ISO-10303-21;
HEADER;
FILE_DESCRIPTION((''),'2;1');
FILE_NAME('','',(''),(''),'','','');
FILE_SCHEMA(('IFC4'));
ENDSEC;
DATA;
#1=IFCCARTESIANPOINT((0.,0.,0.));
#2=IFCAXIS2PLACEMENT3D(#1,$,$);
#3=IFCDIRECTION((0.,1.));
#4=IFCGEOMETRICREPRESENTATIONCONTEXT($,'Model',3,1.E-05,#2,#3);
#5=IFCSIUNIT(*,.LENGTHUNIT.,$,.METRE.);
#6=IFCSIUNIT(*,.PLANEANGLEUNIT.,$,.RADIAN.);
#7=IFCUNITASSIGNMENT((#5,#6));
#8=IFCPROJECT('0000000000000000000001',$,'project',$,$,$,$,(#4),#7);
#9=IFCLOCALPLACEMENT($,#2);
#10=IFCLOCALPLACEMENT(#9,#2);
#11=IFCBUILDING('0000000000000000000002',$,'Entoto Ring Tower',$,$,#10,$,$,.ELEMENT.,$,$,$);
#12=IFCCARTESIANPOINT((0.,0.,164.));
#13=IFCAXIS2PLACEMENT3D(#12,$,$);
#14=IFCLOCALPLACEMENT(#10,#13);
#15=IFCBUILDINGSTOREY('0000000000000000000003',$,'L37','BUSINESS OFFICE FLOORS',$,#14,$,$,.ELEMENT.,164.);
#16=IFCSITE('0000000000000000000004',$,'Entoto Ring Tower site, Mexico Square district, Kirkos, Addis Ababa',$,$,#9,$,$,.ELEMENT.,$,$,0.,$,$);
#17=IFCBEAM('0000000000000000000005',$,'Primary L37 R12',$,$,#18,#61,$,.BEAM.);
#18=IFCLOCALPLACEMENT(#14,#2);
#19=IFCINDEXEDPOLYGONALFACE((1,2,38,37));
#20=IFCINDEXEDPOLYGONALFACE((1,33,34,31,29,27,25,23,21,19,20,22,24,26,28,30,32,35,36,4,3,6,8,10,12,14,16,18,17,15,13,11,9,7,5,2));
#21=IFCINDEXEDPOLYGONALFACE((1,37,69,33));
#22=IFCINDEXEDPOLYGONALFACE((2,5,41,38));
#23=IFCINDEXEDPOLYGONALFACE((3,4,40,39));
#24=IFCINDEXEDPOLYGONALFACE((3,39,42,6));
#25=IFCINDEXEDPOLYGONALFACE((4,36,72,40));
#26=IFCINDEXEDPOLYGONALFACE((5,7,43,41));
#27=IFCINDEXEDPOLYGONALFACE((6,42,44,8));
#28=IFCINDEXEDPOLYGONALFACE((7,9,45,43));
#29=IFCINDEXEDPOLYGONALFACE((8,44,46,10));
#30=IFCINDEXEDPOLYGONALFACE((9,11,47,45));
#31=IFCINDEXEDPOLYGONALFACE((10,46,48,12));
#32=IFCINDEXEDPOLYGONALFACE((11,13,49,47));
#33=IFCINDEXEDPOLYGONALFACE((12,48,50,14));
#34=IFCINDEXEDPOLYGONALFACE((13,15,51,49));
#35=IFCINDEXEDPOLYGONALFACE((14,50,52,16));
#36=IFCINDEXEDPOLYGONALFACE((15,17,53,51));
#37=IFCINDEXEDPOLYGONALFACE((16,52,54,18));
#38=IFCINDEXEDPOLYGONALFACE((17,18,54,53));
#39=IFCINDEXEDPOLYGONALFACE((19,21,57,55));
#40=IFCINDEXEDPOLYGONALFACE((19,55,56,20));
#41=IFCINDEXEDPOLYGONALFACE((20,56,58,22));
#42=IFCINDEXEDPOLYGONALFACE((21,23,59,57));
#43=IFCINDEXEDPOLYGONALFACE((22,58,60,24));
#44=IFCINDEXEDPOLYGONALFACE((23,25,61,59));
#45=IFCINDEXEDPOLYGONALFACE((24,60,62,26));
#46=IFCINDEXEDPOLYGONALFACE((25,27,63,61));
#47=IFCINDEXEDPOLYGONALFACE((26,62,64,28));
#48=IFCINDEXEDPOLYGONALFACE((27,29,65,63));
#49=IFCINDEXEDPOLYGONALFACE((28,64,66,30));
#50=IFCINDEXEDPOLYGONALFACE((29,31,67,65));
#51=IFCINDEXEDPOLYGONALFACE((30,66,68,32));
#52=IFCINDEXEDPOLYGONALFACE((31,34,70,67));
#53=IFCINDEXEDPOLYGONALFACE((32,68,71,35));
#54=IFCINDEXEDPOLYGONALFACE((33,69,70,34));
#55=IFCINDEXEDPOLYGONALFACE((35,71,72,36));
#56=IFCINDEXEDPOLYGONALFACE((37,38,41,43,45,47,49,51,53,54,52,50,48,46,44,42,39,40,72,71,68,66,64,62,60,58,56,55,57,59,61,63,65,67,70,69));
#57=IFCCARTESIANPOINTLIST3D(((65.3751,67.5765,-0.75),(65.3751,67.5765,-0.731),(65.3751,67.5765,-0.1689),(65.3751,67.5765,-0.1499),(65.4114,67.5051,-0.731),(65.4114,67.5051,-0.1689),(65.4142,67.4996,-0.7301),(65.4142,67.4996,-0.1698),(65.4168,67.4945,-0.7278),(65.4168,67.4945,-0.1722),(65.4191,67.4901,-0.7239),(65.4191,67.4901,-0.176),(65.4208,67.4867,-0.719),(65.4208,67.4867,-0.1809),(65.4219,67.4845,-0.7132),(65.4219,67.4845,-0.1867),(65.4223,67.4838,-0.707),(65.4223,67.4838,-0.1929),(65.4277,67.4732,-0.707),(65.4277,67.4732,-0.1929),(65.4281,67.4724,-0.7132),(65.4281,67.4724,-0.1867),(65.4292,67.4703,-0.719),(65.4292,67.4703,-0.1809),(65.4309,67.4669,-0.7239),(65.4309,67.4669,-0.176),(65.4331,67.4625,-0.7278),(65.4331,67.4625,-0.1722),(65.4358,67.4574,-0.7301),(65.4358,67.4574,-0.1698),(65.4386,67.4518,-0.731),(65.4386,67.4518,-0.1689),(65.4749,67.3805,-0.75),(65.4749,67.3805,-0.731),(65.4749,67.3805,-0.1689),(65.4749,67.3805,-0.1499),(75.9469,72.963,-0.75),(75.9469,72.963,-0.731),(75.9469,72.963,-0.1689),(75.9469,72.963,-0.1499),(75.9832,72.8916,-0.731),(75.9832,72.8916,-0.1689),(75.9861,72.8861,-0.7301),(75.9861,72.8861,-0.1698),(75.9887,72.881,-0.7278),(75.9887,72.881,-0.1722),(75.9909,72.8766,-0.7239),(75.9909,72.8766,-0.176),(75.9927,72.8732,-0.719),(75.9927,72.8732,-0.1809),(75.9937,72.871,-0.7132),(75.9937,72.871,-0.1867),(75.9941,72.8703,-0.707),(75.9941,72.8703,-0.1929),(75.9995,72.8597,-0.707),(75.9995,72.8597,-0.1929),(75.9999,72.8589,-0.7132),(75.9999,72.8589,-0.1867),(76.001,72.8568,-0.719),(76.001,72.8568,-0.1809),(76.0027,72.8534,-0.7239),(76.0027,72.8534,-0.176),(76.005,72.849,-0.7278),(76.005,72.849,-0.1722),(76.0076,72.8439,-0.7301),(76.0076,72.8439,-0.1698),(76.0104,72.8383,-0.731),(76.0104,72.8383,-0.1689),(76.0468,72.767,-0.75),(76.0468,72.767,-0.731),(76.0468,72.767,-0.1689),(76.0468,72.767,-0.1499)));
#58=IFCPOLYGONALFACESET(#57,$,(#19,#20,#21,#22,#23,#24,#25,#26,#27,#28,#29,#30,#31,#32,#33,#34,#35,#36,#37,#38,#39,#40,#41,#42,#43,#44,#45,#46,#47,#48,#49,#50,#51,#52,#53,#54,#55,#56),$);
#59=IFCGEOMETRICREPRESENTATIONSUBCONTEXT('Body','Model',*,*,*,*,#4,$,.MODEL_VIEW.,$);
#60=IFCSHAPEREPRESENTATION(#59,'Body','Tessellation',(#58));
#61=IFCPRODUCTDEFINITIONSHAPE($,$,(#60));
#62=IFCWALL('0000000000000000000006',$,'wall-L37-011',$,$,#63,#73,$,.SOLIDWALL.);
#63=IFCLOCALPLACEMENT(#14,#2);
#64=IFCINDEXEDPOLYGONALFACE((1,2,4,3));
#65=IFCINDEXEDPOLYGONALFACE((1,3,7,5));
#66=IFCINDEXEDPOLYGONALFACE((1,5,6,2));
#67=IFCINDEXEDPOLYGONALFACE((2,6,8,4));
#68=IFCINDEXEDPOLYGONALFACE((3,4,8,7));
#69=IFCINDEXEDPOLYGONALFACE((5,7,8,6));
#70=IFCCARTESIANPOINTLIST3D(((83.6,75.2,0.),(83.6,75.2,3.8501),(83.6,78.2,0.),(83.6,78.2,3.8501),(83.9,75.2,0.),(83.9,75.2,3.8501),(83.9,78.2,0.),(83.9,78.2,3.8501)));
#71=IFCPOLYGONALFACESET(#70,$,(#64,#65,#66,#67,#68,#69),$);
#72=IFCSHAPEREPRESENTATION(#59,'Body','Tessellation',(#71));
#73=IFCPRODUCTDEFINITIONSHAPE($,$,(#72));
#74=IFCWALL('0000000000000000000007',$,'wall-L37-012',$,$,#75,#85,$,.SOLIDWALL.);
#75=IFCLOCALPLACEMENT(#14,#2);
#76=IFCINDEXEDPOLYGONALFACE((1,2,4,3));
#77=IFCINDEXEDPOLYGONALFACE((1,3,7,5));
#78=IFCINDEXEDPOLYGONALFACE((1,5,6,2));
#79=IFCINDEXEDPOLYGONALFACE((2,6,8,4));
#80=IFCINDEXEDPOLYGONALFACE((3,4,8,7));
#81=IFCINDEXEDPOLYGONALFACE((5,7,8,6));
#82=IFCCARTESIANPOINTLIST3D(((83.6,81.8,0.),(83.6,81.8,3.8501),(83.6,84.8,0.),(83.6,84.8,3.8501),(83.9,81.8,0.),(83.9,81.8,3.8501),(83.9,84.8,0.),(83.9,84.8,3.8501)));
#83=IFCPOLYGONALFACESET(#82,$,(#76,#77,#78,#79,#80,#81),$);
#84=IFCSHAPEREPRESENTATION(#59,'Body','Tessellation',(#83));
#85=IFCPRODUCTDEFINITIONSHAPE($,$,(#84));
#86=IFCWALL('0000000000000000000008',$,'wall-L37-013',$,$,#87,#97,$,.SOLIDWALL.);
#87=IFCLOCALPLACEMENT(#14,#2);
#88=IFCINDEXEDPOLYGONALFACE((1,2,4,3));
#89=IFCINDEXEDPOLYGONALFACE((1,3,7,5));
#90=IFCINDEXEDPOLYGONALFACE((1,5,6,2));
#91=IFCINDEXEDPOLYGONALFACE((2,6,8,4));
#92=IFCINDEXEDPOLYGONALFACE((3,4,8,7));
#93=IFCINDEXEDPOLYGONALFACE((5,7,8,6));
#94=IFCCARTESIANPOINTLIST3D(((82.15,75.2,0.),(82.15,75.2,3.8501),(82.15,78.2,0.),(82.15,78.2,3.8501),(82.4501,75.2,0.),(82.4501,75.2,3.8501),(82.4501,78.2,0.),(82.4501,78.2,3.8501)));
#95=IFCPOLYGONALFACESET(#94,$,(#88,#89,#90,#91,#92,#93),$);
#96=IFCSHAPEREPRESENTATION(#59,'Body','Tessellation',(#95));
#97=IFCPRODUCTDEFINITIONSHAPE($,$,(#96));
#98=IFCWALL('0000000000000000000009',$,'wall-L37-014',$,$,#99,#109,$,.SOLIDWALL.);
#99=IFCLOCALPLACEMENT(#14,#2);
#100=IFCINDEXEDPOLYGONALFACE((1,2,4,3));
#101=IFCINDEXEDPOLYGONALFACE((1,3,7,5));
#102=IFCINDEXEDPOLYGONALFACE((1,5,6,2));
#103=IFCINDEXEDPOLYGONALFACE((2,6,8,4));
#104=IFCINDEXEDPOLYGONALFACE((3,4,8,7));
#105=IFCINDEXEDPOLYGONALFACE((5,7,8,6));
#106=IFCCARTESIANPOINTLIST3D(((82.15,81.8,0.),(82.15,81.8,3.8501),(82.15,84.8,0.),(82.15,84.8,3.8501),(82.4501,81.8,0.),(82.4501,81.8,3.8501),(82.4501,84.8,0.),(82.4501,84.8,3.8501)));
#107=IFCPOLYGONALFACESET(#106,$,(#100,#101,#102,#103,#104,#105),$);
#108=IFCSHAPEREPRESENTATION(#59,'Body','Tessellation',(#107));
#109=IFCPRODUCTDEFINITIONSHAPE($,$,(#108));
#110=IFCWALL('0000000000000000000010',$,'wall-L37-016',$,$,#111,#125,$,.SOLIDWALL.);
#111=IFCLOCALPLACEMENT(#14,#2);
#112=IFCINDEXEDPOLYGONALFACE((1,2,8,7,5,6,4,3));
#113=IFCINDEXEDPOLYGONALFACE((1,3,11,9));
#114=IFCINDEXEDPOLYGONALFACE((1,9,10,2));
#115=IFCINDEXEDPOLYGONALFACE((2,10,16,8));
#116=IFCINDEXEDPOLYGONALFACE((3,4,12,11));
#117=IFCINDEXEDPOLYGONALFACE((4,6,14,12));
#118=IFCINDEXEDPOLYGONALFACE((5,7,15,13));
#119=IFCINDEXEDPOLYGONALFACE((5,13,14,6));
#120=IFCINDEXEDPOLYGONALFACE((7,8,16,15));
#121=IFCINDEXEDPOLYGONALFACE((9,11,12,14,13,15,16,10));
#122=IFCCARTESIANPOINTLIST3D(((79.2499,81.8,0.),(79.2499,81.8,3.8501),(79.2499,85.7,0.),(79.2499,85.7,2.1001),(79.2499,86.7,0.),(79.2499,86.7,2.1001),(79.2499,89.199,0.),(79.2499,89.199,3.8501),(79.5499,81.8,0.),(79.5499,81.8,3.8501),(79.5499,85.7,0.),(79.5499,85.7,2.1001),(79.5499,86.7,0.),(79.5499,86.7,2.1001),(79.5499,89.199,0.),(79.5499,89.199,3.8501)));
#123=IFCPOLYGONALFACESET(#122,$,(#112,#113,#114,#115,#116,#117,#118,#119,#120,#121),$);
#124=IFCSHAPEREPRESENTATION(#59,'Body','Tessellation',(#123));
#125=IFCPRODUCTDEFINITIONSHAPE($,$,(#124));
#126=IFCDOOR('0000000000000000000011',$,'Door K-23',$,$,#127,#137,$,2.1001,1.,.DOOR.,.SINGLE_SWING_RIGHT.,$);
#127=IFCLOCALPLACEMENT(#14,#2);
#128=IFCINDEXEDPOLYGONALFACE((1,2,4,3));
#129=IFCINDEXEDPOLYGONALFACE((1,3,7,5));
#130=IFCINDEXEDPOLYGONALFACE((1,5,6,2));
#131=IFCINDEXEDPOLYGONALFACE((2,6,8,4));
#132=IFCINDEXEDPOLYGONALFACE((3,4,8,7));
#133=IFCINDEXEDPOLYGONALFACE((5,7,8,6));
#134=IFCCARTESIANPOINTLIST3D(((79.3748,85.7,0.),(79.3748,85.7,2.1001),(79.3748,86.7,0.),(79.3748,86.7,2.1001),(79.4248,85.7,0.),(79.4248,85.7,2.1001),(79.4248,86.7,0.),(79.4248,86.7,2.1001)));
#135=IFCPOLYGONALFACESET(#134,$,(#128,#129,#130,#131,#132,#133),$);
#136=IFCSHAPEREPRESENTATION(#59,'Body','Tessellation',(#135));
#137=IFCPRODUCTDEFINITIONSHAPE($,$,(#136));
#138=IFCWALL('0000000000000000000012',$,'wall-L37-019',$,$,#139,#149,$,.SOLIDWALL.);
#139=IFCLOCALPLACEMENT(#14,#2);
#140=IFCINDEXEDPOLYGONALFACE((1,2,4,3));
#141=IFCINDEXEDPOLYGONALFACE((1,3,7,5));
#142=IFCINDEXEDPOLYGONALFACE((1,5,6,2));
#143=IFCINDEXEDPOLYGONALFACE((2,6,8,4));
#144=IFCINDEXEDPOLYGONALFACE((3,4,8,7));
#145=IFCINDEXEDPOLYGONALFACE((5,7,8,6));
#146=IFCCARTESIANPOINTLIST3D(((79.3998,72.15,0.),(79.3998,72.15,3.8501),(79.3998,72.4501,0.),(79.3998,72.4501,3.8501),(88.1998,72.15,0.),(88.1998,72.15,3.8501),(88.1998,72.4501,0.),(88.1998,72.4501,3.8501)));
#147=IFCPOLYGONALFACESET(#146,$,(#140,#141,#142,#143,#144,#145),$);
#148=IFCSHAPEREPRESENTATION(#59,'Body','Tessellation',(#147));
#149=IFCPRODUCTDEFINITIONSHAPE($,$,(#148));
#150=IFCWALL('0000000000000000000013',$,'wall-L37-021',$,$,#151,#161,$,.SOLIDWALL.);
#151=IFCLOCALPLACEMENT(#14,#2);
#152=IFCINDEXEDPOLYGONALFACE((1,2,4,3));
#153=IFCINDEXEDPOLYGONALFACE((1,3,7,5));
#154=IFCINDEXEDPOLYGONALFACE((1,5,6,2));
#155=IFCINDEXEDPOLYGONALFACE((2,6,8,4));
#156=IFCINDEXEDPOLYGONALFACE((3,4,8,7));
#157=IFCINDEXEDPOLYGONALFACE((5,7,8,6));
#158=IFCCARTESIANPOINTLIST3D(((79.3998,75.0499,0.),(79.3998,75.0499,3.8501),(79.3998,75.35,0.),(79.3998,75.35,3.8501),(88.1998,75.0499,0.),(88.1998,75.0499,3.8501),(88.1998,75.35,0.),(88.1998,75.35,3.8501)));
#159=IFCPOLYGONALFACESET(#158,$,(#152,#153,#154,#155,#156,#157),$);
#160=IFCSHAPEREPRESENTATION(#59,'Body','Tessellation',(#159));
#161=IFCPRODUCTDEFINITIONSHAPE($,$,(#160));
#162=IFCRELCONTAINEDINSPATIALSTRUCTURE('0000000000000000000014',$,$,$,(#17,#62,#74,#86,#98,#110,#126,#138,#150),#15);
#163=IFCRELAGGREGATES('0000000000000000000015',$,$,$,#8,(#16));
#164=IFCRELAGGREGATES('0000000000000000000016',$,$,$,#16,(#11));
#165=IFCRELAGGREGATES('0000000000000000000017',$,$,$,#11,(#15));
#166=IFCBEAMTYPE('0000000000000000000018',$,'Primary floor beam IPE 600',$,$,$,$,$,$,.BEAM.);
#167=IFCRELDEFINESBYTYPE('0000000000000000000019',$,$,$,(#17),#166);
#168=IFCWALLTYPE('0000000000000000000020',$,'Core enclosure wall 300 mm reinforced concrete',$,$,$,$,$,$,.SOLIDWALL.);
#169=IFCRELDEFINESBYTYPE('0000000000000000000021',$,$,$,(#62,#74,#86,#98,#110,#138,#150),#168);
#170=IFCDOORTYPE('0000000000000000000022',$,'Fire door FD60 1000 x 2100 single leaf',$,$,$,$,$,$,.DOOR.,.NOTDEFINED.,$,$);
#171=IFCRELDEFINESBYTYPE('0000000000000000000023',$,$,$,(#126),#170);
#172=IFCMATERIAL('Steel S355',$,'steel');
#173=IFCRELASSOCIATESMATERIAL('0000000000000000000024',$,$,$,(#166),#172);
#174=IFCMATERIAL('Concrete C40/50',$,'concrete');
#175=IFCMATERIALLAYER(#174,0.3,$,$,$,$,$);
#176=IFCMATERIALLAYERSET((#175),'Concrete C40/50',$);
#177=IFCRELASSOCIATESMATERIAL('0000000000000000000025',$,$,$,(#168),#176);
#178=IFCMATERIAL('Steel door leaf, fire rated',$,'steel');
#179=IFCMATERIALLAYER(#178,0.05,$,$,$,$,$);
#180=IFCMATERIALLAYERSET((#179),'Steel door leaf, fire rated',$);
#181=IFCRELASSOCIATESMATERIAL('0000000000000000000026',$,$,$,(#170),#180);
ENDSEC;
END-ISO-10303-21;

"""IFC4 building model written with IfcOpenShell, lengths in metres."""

from ifc_helpers import new_model, si_unit, direction, frame, frame_2d, origin, origin_2d, place, context, subcontext, project, spatial, rectangle, i_section, extrude, material, layer, layer_set, material_profile, profile_set, type_object, element, fill, save


model = new_model("IFC4")

# Units and contexts
model_context = context("Model", 3, precision=1e-05, world=origin(), true_north=direction((0.0, 1.0)))
body_context = subcontext(model_context, "Body", "Model", "MODEL_VIEW")
ifc_project = project(units=[si_unit("LENGTHUNIT", "METRE"), si_unit("PLANEANGLEUNIT", "RADIAN")], contexts=[model_context])

# Site, building, storey
site_placement = place(None, origin())
site = spatial("IfcSite", under=ifc_project, at=site_placement, Name="Entoto Ring Tower site, Mexico Square district, Kirkos, Addis Ababa", CompositionType="ELEMENT", RefElevation=0.0)
building_placement = place(site_placement, origin())
building = spatial("IfcBuilding", under=site, at=building_placement, Name="Entoto Ring Tower", CompositionType="ELEMENT")
storey_placement = place(building_placement, frame((0.0, 0.0, 164.0)))
storey = spatial("IfcBuildingStorey", under=building, at=storey_placement, Name="L37", Description="BUSINESS OFFICE FLOORS", CompositionType="ELEMENT", Elevation=164.0)

# Beam
ifc_material_1 = material(Name="Steel S355", Category="steel")
ifc_material_profile = material_profile(ifc_material_1, i_section(OverallWidth=0.22, OverallDepth=0.6001, WebThickness=0.012, FlangeThickness=0.019, FilletRadius=0.0239, at=origin_2d()), Name="IPE 600")
ifc_profile_set = profile_set([ifc_material_profile], Name="Steel S355")
beam_type = type_object("IfcBeamType", Name="Primary floor beam IPE 600", PredefinedType="BEAM", material=ifc_profile_set)
beam_placement = place(storey_placement, frame((75.9968, 72.865, -0.45), z_axis=(-0.89101, -0.453983, 0.0), x_axis=(0.453983, -0.89101, 0.0)))
element("IfcBeam", 1, at=beam_placement, inside=storey, type_object=beam_type, Name="Primary L37 R12", PredefinedType="BEAM", context=body_context, shape_type="SweptSolid", body=[
    extrude(i_section(OverallWidth=0.22, OverallDepth=0.6001, WebThickness=0.012, FlangeThickness=0.019, FilletRadius=0.0239, at=origin_2d()), origin(), (0.0, 0.0, 1.0), 11.865),
])

# Walls
ifc_material_2 = material(Name="Concrete C40/50", Category="concrete")
ifc_layer_1 = layer(ifc_material_2, 0.3)
ifc_layer_set_1 = layer_set([ifc_layer_1], Name="Concrete C40/50")
wall_type = type_object("IfcWallType", Name="Core enclosure wall 300 mm reinforced concrete", PredefinedType="SOLIDWALL", material=ifc_layer_set_1)
for number, where, z_axis, x_axis, name in (
    (2, (83.75, 75.2, 0.0), (0.0, 0.0, 1.0), (0.0, 1.0, 0.0), "wall-L37-011"),
    (3, (83.75, 81.8, 0.0), (0.0, 0.0, 1.0), (0.0, 1.0, 0.0), "wall-L37-012"),
    (4, (82.3, 75.2, 0.0), (0.0, 0.0, 1.0), (0.0, 1.0, 0.0), "wall-L37-013"),
    (5, (82.3, 81.8, 0.0), (0.0, 0.0, 1.0), (0.0, 1.0, 0.0), "wall-L37-014"),
):
    element("IfcWall", number, at=place(storey_placement, frame(where, z_axis=z_axis, x_axis=x_axis)), inside=storey, type_object=wall_type, Name=name, PredefinedType="SOLIDWALL", context=body_context, shape_type="SweptSolid", body=[
        extrude(rectangle(XDim=3.0, YDim=0.3, at=frame_2d((1.5, 0.0))), origin(), (0.0, 0.0, 1.0), 3.8501),
    ])

# Wall, opening, door
wall_1_placement = place(storey_placement, frame((79.3999, 81.8, 0.0), z_axis=(0.0, 0.0, 1.0), x_axis=(0.0, 1.0, 0.0)))
wall_1 = element("IfcWall", 6, at=wall_1_placement, inside=storey, type_object=wall_type, Name="wall-L37-016", PredefinedType="SOLIDWALL", context=body_context, shape_type="SweptSolid", body=[
    extrude(rectangle(XDim=7.3989, YDim=0.3, at=frame_2d((3.6995, 0.0))), origin(), (0.0, 0.0, 1.0), 3.8501),
])
opening_1_placement = place(wall_1_placement, frame((3.8999, 0.0, 0.0)))
opening_1 = element("IfcOpeningElement", 7, at=opening_1_placement, cuts=wall_1, PredefinedType="OPENING", context=body_context, shape_type="SweptSolid", body=[
    extrude(rectangle(XDim=1.0, YDim=2.1001, at=frame_2d((0.5, 1.05))), frame((0.0, 0.1602, 0.0), z_axis=(0.0, -1.0, 0.0), x_axis=(1.0, 0.0, 0.0)), (0.0, 0.0, 1.0), 0.3201),
])
ifc_material_3 = material(Name="Steel door leaf, fire rated", Category="steel")
ifc_layer_2 = layer(ifc_material_3, 0.05)
ifc_layer_set_2 = layer_set([ifc_layer_2], Name="Steel door leaf, fire rated")
door_type_1 = type_object("IfcDoorType", Name="Fire door FD60 1000 x 2100 single leaf", OperationType="NOTDEFINED", PredefinedType="DOOR", material=ifc_layer_set_2)
door_1_placement = place(opening_1_placement, frame((1.0, 0.0, 0.0), z_axis=(0.0, 0.0, 1.0), x_axis=(-1.0, 0.0, 0.0)))
door_1 = element("IfcDoor", 8, at=door_1_placement, inside=storey, type_object=door_type_1, Name="Door K-23", OperationType="SINGLE_SWING_RIGHT", OverallHeight=2.1001, OverallWidth=1.0, PredefinedType="DOOR", context=body_context, shape_type="SweptSolid", body=[
    extrude(rectangle(XDim=1.0, YDim=2.1001, at=frame_2d((0.5, 1.05))), frame((0.0, 0.0249, 0.0), z_axis=(0.0, -1.0, 0.0), x_axis=(1.0, 0.0, 0.0)), (0.0, 0.0, 1.0), 0.05),
])
fill(opening_1, door_1)

# Walls
for number, where, z_axis, x_axis, name in (
    (9, (79.3999, 72.3, 0.0), (0.0, 0.0, 1.0), (1.0, 0.0, 0.0), "wall-L37-019"),
    (10, (79.3999, 75.2, 0.0), (0.0, 0.0, 1.0), (1.0, 0.0, 0.0), "wall-L37-021"),
):
    element("IfcWall", number, at=place(storey_placement, frame(where, z_axis=z_axis, x_axis=x_axis)), inside=storey, type_object=wall_type, Name=name, PredefinedType="SOLIDWALL", context=body_context, shape_type="SweptSolid", body=[
        extrude(rectangle(XDim=8.8, YDim=0.3, at=frame_2d((4.3999, 0.0))), origin(), (0.0, 0.0, 1.0), 3.8501),
    ])

save(model, "model.ifc")
